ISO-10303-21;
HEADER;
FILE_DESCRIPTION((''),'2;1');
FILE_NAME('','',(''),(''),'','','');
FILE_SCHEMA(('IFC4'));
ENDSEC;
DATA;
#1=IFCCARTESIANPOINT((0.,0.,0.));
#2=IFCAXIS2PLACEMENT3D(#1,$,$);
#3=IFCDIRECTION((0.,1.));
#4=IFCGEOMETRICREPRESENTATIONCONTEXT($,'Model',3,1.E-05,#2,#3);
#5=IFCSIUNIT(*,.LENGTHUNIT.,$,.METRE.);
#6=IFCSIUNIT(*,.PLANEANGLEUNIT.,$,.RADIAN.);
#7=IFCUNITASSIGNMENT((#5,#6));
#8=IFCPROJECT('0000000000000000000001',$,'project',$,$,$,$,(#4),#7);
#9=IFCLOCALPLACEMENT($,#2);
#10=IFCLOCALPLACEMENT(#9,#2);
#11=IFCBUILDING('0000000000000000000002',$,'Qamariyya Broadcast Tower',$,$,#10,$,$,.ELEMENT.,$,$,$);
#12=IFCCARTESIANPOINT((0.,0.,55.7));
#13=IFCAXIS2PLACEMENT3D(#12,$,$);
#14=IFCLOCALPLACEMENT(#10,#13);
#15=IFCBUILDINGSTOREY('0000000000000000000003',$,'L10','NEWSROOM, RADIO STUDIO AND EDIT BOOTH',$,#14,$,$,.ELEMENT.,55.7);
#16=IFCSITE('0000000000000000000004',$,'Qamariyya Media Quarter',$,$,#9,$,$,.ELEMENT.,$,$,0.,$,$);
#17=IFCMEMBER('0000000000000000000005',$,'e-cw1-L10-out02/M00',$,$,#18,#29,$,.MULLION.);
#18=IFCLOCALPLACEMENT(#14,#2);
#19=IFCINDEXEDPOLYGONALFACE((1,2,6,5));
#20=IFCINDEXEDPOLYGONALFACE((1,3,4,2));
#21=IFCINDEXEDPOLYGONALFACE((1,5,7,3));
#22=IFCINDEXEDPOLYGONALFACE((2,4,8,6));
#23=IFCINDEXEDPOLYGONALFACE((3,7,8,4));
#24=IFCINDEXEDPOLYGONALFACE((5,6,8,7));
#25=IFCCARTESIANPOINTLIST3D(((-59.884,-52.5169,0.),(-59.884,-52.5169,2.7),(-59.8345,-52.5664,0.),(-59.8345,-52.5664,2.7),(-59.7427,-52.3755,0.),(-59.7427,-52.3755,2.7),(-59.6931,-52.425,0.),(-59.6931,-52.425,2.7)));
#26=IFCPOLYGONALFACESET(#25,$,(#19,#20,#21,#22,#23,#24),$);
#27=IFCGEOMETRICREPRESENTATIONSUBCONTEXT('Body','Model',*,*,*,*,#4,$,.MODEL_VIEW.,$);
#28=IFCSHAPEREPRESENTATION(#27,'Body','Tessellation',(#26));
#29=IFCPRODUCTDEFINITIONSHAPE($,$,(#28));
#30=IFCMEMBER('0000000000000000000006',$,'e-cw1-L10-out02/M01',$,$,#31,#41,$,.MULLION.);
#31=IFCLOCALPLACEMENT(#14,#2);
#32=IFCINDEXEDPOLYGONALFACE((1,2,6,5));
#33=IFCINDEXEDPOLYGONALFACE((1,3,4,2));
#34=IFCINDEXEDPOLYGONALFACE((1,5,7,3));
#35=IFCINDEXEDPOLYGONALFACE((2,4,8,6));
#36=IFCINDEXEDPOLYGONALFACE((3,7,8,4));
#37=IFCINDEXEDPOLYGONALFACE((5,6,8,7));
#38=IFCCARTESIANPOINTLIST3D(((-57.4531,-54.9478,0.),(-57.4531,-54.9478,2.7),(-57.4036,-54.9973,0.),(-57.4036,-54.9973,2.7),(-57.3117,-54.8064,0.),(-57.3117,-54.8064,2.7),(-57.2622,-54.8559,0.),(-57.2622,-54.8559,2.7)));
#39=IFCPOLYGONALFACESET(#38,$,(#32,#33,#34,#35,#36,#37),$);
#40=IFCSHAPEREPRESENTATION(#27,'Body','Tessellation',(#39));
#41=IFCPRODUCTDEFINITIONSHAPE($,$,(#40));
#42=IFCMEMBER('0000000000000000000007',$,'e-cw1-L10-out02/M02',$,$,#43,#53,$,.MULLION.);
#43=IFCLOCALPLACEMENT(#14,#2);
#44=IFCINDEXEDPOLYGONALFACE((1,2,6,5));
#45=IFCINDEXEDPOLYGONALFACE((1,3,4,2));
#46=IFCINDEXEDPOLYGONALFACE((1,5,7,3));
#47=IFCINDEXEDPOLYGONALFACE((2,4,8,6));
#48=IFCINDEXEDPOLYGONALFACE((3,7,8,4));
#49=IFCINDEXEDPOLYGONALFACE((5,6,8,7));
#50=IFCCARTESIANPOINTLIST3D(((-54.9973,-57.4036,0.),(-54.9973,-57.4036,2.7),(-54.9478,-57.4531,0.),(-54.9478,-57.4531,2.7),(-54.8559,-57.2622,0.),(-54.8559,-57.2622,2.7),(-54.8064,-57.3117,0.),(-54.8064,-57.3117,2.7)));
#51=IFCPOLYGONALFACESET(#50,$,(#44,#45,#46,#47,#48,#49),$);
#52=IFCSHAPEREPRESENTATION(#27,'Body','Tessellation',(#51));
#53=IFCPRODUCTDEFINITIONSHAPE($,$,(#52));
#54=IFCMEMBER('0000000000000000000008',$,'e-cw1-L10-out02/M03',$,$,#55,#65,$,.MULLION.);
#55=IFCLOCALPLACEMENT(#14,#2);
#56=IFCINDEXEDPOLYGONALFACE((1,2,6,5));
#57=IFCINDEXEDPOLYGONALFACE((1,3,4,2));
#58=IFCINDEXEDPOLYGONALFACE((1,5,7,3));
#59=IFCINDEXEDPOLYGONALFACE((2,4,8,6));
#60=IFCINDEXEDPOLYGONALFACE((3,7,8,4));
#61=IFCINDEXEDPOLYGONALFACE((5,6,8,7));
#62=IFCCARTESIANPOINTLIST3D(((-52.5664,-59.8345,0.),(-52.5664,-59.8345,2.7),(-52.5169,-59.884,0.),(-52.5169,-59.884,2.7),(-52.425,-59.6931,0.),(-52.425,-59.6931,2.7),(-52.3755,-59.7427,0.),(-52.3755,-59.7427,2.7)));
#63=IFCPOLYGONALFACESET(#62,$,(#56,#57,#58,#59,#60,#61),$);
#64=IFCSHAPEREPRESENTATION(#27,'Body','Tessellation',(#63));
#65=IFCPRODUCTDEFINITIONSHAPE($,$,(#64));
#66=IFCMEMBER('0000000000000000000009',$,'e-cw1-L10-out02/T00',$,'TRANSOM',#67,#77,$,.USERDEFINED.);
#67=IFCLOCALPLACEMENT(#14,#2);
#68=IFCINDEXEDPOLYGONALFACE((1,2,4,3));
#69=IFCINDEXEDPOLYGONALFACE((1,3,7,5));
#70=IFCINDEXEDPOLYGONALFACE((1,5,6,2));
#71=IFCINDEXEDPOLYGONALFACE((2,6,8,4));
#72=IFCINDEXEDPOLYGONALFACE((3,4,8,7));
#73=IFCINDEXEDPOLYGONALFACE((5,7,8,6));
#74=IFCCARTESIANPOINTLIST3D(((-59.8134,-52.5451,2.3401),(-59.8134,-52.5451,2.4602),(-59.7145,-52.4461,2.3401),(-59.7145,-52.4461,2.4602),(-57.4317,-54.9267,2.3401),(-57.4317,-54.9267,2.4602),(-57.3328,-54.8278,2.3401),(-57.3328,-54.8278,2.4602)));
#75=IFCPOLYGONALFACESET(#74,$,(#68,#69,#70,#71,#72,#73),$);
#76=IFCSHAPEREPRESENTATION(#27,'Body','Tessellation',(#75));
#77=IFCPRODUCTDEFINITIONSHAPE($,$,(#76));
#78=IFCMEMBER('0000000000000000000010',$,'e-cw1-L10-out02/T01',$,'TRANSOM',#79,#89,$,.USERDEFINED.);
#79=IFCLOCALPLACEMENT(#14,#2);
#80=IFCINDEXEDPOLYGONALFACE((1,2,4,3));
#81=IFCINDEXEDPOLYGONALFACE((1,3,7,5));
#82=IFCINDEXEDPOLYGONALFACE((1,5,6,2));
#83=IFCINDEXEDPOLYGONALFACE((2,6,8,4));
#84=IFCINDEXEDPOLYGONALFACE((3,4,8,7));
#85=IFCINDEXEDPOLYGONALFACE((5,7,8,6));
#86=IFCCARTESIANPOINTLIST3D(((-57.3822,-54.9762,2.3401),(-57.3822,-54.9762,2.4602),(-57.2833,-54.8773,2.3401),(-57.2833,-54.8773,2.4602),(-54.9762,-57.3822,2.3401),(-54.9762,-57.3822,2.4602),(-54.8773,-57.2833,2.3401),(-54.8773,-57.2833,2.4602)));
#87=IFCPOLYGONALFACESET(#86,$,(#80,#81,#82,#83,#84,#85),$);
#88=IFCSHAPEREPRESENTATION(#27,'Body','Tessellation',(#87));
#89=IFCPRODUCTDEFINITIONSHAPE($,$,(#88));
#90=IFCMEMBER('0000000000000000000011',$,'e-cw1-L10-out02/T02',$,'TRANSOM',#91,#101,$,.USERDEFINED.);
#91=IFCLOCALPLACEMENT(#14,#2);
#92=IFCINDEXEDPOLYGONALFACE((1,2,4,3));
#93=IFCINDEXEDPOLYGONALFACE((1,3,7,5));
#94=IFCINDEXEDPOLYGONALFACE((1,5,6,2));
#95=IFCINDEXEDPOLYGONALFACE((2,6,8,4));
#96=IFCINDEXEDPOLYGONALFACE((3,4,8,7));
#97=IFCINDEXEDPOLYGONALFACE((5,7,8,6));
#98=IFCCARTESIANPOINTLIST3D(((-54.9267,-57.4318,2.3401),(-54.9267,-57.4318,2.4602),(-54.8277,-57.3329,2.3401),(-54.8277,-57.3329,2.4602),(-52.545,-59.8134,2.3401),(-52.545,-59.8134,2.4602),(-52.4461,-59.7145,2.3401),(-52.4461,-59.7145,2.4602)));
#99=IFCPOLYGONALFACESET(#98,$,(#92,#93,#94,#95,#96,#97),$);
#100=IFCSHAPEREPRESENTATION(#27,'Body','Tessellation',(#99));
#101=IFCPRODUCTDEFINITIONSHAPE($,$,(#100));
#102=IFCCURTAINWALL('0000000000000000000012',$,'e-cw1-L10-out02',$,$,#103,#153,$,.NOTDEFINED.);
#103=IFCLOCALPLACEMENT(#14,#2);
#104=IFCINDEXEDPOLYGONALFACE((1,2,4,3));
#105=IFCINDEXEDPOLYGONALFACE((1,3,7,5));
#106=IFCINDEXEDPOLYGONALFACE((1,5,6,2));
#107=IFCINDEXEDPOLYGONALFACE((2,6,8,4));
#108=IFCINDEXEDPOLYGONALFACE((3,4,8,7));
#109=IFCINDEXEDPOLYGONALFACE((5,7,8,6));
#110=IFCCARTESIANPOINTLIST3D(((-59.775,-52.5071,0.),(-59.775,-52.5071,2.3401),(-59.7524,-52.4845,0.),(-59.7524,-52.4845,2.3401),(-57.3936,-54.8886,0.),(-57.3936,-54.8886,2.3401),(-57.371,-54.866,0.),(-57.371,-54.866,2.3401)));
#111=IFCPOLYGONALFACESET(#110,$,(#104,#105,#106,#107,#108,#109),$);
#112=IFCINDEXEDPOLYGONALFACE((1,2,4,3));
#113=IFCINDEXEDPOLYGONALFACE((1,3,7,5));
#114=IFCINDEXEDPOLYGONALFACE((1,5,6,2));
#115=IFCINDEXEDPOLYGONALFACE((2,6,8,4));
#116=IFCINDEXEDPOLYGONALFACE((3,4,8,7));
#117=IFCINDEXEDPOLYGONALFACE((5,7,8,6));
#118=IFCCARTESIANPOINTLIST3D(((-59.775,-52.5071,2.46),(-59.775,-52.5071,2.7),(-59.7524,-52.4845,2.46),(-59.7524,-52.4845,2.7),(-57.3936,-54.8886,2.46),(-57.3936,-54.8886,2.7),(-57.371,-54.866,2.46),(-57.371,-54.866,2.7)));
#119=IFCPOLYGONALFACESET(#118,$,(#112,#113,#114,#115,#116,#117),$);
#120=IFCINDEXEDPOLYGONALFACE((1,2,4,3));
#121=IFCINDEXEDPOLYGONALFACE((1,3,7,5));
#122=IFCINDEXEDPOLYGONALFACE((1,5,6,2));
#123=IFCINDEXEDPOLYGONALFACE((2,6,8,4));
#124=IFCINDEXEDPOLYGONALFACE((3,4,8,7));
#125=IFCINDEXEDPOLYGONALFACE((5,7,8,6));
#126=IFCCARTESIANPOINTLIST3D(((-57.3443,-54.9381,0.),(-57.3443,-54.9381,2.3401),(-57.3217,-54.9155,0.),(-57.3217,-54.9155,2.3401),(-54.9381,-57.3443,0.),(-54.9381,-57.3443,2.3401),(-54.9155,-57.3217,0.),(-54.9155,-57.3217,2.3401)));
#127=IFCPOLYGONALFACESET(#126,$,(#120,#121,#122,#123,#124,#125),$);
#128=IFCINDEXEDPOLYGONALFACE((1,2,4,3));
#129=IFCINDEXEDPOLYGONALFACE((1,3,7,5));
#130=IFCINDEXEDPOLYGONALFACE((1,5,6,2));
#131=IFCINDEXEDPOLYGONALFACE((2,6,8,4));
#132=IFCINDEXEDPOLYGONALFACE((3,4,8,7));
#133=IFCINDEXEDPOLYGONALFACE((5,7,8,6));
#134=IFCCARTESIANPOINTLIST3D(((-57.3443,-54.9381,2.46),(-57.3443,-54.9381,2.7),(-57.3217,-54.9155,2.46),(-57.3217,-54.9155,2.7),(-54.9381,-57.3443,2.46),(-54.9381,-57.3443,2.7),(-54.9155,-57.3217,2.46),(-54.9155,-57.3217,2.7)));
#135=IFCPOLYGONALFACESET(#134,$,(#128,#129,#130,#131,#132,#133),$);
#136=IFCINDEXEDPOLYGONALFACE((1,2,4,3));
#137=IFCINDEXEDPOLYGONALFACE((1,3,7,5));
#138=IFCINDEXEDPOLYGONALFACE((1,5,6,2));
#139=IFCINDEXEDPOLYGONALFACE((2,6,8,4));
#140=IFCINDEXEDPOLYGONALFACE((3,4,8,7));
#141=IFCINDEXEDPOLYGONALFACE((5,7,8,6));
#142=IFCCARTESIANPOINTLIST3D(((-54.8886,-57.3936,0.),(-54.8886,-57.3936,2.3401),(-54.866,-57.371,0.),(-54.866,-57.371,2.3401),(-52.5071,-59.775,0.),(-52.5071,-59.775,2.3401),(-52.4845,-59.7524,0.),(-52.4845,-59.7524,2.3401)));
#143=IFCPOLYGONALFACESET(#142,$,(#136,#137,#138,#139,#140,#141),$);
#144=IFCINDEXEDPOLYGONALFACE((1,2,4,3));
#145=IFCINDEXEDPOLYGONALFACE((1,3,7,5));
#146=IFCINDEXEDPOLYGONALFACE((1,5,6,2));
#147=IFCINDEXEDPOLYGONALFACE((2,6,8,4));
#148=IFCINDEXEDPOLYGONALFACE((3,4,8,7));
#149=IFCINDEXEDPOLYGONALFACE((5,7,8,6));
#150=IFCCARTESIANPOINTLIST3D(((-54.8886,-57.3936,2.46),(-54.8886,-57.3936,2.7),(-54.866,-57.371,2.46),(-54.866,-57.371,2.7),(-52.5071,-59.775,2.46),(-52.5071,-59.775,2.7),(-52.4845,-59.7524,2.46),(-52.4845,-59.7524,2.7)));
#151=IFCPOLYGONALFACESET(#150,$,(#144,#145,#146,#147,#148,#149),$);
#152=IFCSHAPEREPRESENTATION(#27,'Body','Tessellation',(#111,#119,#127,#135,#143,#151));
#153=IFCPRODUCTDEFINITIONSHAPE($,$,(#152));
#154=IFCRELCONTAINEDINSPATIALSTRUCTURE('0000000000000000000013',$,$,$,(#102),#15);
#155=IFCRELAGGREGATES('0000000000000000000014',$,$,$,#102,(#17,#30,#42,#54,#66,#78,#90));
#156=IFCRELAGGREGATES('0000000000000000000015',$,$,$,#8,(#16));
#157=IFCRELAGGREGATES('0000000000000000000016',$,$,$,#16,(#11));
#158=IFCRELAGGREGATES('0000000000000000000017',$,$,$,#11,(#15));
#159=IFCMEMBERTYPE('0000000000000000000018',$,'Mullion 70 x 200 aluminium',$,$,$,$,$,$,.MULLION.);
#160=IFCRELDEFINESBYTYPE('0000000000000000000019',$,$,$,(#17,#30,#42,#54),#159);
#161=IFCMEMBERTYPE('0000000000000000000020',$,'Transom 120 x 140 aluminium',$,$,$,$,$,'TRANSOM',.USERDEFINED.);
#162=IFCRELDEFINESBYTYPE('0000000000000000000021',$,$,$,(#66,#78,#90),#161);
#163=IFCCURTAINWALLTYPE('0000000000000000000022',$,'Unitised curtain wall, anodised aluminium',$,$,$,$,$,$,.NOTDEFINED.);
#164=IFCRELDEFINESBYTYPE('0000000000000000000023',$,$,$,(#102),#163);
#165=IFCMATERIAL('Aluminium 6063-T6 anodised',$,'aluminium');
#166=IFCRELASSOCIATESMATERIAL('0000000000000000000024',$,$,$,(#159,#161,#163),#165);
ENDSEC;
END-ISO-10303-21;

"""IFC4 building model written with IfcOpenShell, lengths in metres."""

from ifc_helpers import new_model, si_unit, direction, frame, origin, origin_2d, place, context, subcontext, project, spatial, rectangle, extrude, material, material_profile, profile_set, type_object, element, aggregate, save


model = new_model("IFC4")

# Units and contexts
model_context = context("Model", 3, precision=1e-05, world=origin(), true_north=direction((0.0, 1.0)))
body_context = subcontext(model_context, "Body", "Model", "MODEL_VIEW")
ifc_project = project(units=[si_unit("LENGTHUNIT", "METRE"), si_unit("PLANEANGLEUNIT", "RADIAN")], contexts=[model_context])

# Members
ifc_material_1 = material(Name="Aluminium 6063-T6 anodised", Category="aluminium")
ifc_material_profile_1 = material_profile(ifc_material_1, rectangle(XDim=0.2, YDim=0.0701, at=origin_2d()))
ifc_profile_set_1 = profile_set([ifc_material_profile_1], Name="Aluminium 6063-T6 anodised")
member_type_1 = type_object("IfcMemberType", Name="Mullion 70 x 200 aluminium", PredefinedType="MULLION", material=ifc_profile_set_1)
site_placement = place(None, origin())
building_placement = place(site_placement, origin())
storey_placement = place(building_placement, frame((0.0, 0.0, 55.7)))
member_1_placement = place(storey_placement, frame((-59.7886, -52.4709, 0.0), z_axis=(0.0, 0.0, 1.0), x_axis=(0.707107, 0.707107, 0.0)))
member_1 = element("IfcMember", 1, at=member_1_placement, type_object=member_type_1, Name="e-cw1-L10-out02/M00", PredefinedType="MULLION", context=body_context, shape_type="SweptSolid", body=[
    extrude(rectangle(XDim=0.2, YDim=0.0701, at=origin_2d()), origin(), (0.0, 0.0, 1.0), 2.7),
])
member_2_placement = place(storey_placement, frame((-57.3577, -54.9019, 0.0), z_axis=(0.0, 0.0, 1.0), x_axis=(0.707107, 0.707107, 0.0)))
member_2 = element("IfcMember", 2, at=member_2_placement, type_object=member_type_1, Name="e-cw1-L10-out02/M01", PredefinedType="MULLION", context=body_context, shape_type="SweptSolid", body=[
    extrude(rectangle(XDim=0.2, YDim=0.0701, at=origin_2d()), origin(), (0.0, 0.0, 1.0), 2.7),
])
member_3_placement = place(storey_placement, frame((-54.9019, -57.3577, 0.0), z_axis=(0.0, 0.0, 1.0), x_axis=(0.707107, 0.707107, 0.0)))
member_3 = element("IfcMember", 3, at=member_3_placement, type_object=member_type_1, Name="e-cw1-L10-out02/M02", PredefinedType="MULLION", context=body_context, shape_type="SweptSolid", body=[
    extrude(rectangle(XDim=0.2, YDim=0.0701, at=origin_2d()), origin(), (0.0, 0.0, 1.0), 2.7),
])
member_4_placement = place(storey_placement, frame((-52.4709, -59.7886, 0.0), z_axis=(0.0, 0.0, 1.0), x_axis=(0.707107, 0.707107, 0.0)))
member_4 = element("IfcMember", 4, at=member_4_placement, type_object=member_type_1, Name="e-cw1-L10-out02/M03", PredefinedType="MULLION", context=body_context, shape_type="SweptSolid", body=[
    extrude(rectangle(XDim=0.2, YDim=0.0701, at=origin_2d()), origin(), (0.0, 0.0, 1.0), 2.7),
])
ifc_material_profile_2 = material_profile(ifc_material_1, rectangle(XDim=0.1399, YDim=0.1201, at=origin_2d()))
ifc_profile_set_2 = profile_set([ifc_material_profile_2], Name="Aluminium 6063-T6 anodised")
member_type_2 = type_object("IfcMemberType", Name="Transom 120 x 140 aluminium", ElementType="TRANSOM", PredefinedType="USERDEFINED", material=ifc_profile_set_2)
member_5_placement = place(storey_placement, frame((-59.7639, -52.4956, 2.4001), z_axis=(0.707107, -0.707107, 0.0), x_axis=(0.707107, 0.707107, 0.0)))
member_5 = element("IfcMember", 5, at=member_5_placement, type_object=member_type_2, Name="e-cw1-L10-out02/T00", ObjectType="TRANSOM", PredefinedType="USERDEFINED", context=body_context, shape_type="SweptSolid", body=[
    extrude(rectangle(XDim=0.1399, YDim=0.1201, at=origin_2d()), origin(), (0.0, 0.0, 1.0), 3.3682),
])
member_6_placement = place(storey_placement, frame((-57.3328, -54.9268, 2.4001), z_axis=(0.707107, -0.707107, 0.0), x_axis=(0.707107, 0.707107, 0.0)))
member_6 = element("IfcMember", 6, at=member_6_placement, type_object=member_type_2, Name="e-cw1-L10-out02/T01", ObjectType="TRANSOM", PredefinedType="USERDEFINED", context=body_context, shape_type="SweptSolid", body=[
    extrude(rectangle(XDim=0.1399, YDim=0.1201, at=origin_2d()), origin(), (0.0, 0.0, 1.0), 3.4026),
])
member_7_placement = place(storey_placement, frame((-54.8772, -57.3823, 2.4001), z_axis=(0.707107, -0.707107, 0.0), x_axis=(0.707107, 0.707107, 0.0)))
member_7 = element("IfcMember", 7, at=member_7_placement, type_object=member_type_2, Name="e-cw1-L10-out02/T02", ObjectType="TRANSOM", PredefinedType="USERDEFINED", context=body_context, shape_type="SweptSolid", body=[
    extrude(rectangle(XDim=0.1399, YDim=0.1201, at=origin_2d()), origin(), (0.0, 0.0, 1.0), 3.3682),
])

# Site, building, storey
site = spatial("IfcSite", under=ifc_project, at=site_placement, Name="Qamariyya Media Quarter", CompositionType="ELEMENT", RefElevation=0.0)
building = spatial("IfcBuilding", under=site, at=building_placement, Name="Qamariyya Broadcast Tower", CompositionType="ELEMENT")
storey = spatial("IfcBuildingStorey", under=building, at=storey_placement, Name="L10", Description="NEWSROOM, RADIO STUDIO AND EDIT BOOTH", CompositionType="ELEMENT", Elevation=55.7)

# Curtain wall
curtain_wall_type = type_object("IfcCurtainWallType", Name="Unitised curtain wall, anodised aluminium", PredefinedType="NOTDEFINED", material=ifc_material_1)
curtain_wall_1_placement = place(storey_placement, origin())
curtain_wall_1 = element("IfcCurtainWall", 8, at=curtain_wall_1_placement, inside=storey, type_object=curtain_wall_type, Name="e-cw1-L10-out02", PredefinedType="NOTDEFINED", context=body_context, shape_type="SweptSolid", body=[
    extrude(rectangle(XDim=3.3679, YDim=0.032, at=origin_2d()), frame((-58.573, -53.6865, 0.0), x_axis=(0.707107, -0.707107, 0.0)), (0.0, 0.0, 1.0), 2.3401),
    extrude(rectangle(XDim=3.3679, YDim=0.032, at=origin_2d()), frame((-58.573, -53.6865, 2.46), x_axis=(0.707107, -0.707107, 0.0)), (0.0, 0.0, 1.0), 0.24),
    extrude(rectangle(XDim=3.4028, YDim=0.032, at=origin_2d()), frame((-56.1299, -56.1299, 0.0), x_axis=(0.707107, -0.707107, 0.0)), (0.0, 0.0, 1.0), 2.3401),
    extrude(rectangle(XDim=3.4028, YDim=0.032, at=origin_2d()), frame((-56.1299, -56.1299, 2.46), x_axis=(0.707107, -0.707107, 0.0)), (0.0, 0.0, 1.0), 0.24),
    extrude(rectangle(XDim=3.3679, YDim=0.032, at=origin_2d()), frame((-53.6865, -58.573, 0.0), x_axis=(0.707107, -0.707107, 0.0)), (0.0, 0.0, 1.0), 2.3401),
    extrude(rectangle(XDim=3.3679, YDim=0.032, at=origin_2d()), frame((-53.6865, -58.573, 2.46), x_axis=(0.707107, -0.707107, 0.0)), (0.0, 0.0, 1.0), 0.24),
])
aggregate(curtain_wall_1, [member_1, member_2, member_3, member_4, member_5, member_6, member_7])

save(model, "model.ifc")
